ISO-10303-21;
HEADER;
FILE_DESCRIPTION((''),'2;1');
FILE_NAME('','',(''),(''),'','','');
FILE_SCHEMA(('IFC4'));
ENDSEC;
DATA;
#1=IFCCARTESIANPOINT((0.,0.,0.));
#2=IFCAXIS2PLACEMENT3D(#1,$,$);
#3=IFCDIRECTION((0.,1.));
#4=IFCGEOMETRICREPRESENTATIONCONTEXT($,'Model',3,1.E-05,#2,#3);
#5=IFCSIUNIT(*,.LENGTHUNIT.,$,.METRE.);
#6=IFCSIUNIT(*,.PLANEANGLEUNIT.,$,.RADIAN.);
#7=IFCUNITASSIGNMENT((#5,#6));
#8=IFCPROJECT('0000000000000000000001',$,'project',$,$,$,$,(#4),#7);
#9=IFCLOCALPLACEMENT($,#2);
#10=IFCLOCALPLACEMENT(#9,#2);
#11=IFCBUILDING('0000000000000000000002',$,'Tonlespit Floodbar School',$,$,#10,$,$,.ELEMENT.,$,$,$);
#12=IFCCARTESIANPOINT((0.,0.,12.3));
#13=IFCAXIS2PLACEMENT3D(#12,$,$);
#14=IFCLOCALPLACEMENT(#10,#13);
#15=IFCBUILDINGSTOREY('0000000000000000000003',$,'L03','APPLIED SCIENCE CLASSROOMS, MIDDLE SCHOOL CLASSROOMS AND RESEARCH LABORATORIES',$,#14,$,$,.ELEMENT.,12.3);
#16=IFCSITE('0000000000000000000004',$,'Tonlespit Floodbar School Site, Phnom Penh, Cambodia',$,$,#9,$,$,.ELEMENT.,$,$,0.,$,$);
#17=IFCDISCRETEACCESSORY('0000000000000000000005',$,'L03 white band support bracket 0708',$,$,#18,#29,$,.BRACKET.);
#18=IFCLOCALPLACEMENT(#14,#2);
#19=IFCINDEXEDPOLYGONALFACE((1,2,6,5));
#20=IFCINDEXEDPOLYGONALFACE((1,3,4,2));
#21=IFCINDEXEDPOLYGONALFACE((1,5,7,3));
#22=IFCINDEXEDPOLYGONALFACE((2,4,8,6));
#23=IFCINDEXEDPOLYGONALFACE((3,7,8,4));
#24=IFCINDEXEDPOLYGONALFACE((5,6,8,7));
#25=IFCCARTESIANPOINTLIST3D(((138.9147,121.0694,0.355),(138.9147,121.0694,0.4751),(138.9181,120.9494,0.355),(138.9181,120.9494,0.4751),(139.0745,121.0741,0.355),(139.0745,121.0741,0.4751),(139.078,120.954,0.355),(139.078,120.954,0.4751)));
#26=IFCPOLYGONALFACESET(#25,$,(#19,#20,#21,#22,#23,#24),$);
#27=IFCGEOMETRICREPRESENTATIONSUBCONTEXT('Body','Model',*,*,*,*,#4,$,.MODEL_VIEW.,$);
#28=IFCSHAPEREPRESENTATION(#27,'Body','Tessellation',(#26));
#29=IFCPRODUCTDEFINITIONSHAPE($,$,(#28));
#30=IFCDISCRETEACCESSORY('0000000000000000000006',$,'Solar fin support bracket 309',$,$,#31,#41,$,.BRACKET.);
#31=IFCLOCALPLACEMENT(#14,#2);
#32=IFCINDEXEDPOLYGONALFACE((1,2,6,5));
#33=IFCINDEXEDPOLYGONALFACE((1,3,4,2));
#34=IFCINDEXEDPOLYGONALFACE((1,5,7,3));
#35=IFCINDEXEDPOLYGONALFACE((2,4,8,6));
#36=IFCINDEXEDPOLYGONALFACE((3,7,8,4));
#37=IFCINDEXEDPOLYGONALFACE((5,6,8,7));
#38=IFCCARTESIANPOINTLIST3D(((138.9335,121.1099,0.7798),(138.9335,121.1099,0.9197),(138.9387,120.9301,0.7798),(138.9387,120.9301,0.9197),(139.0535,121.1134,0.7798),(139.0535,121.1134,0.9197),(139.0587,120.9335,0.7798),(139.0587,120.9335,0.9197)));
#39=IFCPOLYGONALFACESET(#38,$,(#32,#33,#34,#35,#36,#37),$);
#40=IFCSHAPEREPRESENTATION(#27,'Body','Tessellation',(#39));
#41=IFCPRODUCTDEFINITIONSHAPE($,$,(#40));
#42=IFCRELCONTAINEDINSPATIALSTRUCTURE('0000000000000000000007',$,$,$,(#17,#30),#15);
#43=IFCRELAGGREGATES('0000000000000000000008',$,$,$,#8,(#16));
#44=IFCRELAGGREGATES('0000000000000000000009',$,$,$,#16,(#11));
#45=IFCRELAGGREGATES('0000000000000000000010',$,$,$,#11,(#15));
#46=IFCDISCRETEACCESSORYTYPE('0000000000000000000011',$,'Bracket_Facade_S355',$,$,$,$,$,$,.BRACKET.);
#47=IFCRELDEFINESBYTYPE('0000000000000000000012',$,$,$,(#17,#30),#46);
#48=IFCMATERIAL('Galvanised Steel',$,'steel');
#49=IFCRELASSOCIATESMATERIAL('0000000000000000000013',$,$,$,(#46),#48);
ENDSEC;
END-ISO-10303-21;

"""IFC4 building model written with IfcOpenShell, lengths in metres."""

from ifc_helpers import new_model, si_unit, direction, frame, origin, origin_2d, place, context, subcontext, project, spatial, rectangle, extrude, material, type_object, element, save


model = new_model("IFC4")

# Units and contexts
model_context = context("Model", 3, precision=1e-05, world=origin(), true_north=direction((0.0, 1.0)))
body_context = subcontext(model_context, "Body", "Model", "MODEL_VIEW")
ifc_project = project(units=[si_unit("LENGTHUNIT", "METRE"), si_unit("PLANEANGLEUNIT", "RADIAN")], contexts=[model_context])

# Site, building, storey
site_placement = place(None, origin())
site = spatial("IfcSite", under=ifc_project, at=site_placement, Name="Tonlespit Floodbar School Site, Phnom Penh, Cambodia", CompositionType="ELEMENT", RefElevation=0.0)
building_placement = place(site_placement, origin())
building = spatial("IfcBuilding", under=site, at=building_placement, Name="Tonlespit Floodbar School", CompositionType="ELEMENT")
storey_placement = place(building_placement, frame((0.0, 0.0, 12.3)))
storey = spatial("IfcBuildingStorey", under=building, at=storey_placement, Name="L03", Description="APPLIED SCIENCE CLASSROOMS, MIDDLE SCHOOL CLASSROOMS AND RESEARCH LABORATORIES", CompositionType="ELEMENT", Elevation=12.3)

# Discrete accessories
ifc_material_1 = material(Name="Galvanised Steel", Category="steel")
discrete_accessory_type = type_object("IfcDiscreteAccessoryType", Name="Bracket_Facade_S355", PredefinedType="BRACKET", material=ifc_material_1)
discrete_accessory_1_placement = place(storey_placement, frame((138.9963, 121.0117, 0.355), z_axis=(0.0, 0.0, 1.0), x_axis=(0.999584, 0.028838, 0.0)))
element("IfcDiscreteAccessory", 1, at=discrete_accessory_1_placement, inside=storey, type_object=discrete_accessory_type, Name="L03 white band support bracket 0708", PredefinedType="BRACKET", context=body_context, shape_type="SweptSolid", body=[
    extrude(rectangle(XDim=0.1599, YDim=0.1201, at=origin_2d()), origin(), (0.0, 0.0, 1.0), 0.1201),
])
discrete_accessory_2_placement = place(storey_placement, frame((138.9961, 121.0217, 0.7798), z_axis=(0.0, 0.0, 1.0), x_axis=(0.999584, 0.028838, 0.0)))
element("IfcDiscreteAccessory", 2, at=discrete_accessory_2_placement, inside=storey, type_object=discrete_accessory_type, Name="Solar fin support bracket 309", PredefinedType="BRACKET", context=body_context, shape_type="SweptSolid", body=[
    extrude(rectangle(XDim=0.1201, YDim=0.1799, at=origin_2d()), origin(), (0.0, 0.0, 1.0), 0.1399),
])

save(model, "model.ifc")
